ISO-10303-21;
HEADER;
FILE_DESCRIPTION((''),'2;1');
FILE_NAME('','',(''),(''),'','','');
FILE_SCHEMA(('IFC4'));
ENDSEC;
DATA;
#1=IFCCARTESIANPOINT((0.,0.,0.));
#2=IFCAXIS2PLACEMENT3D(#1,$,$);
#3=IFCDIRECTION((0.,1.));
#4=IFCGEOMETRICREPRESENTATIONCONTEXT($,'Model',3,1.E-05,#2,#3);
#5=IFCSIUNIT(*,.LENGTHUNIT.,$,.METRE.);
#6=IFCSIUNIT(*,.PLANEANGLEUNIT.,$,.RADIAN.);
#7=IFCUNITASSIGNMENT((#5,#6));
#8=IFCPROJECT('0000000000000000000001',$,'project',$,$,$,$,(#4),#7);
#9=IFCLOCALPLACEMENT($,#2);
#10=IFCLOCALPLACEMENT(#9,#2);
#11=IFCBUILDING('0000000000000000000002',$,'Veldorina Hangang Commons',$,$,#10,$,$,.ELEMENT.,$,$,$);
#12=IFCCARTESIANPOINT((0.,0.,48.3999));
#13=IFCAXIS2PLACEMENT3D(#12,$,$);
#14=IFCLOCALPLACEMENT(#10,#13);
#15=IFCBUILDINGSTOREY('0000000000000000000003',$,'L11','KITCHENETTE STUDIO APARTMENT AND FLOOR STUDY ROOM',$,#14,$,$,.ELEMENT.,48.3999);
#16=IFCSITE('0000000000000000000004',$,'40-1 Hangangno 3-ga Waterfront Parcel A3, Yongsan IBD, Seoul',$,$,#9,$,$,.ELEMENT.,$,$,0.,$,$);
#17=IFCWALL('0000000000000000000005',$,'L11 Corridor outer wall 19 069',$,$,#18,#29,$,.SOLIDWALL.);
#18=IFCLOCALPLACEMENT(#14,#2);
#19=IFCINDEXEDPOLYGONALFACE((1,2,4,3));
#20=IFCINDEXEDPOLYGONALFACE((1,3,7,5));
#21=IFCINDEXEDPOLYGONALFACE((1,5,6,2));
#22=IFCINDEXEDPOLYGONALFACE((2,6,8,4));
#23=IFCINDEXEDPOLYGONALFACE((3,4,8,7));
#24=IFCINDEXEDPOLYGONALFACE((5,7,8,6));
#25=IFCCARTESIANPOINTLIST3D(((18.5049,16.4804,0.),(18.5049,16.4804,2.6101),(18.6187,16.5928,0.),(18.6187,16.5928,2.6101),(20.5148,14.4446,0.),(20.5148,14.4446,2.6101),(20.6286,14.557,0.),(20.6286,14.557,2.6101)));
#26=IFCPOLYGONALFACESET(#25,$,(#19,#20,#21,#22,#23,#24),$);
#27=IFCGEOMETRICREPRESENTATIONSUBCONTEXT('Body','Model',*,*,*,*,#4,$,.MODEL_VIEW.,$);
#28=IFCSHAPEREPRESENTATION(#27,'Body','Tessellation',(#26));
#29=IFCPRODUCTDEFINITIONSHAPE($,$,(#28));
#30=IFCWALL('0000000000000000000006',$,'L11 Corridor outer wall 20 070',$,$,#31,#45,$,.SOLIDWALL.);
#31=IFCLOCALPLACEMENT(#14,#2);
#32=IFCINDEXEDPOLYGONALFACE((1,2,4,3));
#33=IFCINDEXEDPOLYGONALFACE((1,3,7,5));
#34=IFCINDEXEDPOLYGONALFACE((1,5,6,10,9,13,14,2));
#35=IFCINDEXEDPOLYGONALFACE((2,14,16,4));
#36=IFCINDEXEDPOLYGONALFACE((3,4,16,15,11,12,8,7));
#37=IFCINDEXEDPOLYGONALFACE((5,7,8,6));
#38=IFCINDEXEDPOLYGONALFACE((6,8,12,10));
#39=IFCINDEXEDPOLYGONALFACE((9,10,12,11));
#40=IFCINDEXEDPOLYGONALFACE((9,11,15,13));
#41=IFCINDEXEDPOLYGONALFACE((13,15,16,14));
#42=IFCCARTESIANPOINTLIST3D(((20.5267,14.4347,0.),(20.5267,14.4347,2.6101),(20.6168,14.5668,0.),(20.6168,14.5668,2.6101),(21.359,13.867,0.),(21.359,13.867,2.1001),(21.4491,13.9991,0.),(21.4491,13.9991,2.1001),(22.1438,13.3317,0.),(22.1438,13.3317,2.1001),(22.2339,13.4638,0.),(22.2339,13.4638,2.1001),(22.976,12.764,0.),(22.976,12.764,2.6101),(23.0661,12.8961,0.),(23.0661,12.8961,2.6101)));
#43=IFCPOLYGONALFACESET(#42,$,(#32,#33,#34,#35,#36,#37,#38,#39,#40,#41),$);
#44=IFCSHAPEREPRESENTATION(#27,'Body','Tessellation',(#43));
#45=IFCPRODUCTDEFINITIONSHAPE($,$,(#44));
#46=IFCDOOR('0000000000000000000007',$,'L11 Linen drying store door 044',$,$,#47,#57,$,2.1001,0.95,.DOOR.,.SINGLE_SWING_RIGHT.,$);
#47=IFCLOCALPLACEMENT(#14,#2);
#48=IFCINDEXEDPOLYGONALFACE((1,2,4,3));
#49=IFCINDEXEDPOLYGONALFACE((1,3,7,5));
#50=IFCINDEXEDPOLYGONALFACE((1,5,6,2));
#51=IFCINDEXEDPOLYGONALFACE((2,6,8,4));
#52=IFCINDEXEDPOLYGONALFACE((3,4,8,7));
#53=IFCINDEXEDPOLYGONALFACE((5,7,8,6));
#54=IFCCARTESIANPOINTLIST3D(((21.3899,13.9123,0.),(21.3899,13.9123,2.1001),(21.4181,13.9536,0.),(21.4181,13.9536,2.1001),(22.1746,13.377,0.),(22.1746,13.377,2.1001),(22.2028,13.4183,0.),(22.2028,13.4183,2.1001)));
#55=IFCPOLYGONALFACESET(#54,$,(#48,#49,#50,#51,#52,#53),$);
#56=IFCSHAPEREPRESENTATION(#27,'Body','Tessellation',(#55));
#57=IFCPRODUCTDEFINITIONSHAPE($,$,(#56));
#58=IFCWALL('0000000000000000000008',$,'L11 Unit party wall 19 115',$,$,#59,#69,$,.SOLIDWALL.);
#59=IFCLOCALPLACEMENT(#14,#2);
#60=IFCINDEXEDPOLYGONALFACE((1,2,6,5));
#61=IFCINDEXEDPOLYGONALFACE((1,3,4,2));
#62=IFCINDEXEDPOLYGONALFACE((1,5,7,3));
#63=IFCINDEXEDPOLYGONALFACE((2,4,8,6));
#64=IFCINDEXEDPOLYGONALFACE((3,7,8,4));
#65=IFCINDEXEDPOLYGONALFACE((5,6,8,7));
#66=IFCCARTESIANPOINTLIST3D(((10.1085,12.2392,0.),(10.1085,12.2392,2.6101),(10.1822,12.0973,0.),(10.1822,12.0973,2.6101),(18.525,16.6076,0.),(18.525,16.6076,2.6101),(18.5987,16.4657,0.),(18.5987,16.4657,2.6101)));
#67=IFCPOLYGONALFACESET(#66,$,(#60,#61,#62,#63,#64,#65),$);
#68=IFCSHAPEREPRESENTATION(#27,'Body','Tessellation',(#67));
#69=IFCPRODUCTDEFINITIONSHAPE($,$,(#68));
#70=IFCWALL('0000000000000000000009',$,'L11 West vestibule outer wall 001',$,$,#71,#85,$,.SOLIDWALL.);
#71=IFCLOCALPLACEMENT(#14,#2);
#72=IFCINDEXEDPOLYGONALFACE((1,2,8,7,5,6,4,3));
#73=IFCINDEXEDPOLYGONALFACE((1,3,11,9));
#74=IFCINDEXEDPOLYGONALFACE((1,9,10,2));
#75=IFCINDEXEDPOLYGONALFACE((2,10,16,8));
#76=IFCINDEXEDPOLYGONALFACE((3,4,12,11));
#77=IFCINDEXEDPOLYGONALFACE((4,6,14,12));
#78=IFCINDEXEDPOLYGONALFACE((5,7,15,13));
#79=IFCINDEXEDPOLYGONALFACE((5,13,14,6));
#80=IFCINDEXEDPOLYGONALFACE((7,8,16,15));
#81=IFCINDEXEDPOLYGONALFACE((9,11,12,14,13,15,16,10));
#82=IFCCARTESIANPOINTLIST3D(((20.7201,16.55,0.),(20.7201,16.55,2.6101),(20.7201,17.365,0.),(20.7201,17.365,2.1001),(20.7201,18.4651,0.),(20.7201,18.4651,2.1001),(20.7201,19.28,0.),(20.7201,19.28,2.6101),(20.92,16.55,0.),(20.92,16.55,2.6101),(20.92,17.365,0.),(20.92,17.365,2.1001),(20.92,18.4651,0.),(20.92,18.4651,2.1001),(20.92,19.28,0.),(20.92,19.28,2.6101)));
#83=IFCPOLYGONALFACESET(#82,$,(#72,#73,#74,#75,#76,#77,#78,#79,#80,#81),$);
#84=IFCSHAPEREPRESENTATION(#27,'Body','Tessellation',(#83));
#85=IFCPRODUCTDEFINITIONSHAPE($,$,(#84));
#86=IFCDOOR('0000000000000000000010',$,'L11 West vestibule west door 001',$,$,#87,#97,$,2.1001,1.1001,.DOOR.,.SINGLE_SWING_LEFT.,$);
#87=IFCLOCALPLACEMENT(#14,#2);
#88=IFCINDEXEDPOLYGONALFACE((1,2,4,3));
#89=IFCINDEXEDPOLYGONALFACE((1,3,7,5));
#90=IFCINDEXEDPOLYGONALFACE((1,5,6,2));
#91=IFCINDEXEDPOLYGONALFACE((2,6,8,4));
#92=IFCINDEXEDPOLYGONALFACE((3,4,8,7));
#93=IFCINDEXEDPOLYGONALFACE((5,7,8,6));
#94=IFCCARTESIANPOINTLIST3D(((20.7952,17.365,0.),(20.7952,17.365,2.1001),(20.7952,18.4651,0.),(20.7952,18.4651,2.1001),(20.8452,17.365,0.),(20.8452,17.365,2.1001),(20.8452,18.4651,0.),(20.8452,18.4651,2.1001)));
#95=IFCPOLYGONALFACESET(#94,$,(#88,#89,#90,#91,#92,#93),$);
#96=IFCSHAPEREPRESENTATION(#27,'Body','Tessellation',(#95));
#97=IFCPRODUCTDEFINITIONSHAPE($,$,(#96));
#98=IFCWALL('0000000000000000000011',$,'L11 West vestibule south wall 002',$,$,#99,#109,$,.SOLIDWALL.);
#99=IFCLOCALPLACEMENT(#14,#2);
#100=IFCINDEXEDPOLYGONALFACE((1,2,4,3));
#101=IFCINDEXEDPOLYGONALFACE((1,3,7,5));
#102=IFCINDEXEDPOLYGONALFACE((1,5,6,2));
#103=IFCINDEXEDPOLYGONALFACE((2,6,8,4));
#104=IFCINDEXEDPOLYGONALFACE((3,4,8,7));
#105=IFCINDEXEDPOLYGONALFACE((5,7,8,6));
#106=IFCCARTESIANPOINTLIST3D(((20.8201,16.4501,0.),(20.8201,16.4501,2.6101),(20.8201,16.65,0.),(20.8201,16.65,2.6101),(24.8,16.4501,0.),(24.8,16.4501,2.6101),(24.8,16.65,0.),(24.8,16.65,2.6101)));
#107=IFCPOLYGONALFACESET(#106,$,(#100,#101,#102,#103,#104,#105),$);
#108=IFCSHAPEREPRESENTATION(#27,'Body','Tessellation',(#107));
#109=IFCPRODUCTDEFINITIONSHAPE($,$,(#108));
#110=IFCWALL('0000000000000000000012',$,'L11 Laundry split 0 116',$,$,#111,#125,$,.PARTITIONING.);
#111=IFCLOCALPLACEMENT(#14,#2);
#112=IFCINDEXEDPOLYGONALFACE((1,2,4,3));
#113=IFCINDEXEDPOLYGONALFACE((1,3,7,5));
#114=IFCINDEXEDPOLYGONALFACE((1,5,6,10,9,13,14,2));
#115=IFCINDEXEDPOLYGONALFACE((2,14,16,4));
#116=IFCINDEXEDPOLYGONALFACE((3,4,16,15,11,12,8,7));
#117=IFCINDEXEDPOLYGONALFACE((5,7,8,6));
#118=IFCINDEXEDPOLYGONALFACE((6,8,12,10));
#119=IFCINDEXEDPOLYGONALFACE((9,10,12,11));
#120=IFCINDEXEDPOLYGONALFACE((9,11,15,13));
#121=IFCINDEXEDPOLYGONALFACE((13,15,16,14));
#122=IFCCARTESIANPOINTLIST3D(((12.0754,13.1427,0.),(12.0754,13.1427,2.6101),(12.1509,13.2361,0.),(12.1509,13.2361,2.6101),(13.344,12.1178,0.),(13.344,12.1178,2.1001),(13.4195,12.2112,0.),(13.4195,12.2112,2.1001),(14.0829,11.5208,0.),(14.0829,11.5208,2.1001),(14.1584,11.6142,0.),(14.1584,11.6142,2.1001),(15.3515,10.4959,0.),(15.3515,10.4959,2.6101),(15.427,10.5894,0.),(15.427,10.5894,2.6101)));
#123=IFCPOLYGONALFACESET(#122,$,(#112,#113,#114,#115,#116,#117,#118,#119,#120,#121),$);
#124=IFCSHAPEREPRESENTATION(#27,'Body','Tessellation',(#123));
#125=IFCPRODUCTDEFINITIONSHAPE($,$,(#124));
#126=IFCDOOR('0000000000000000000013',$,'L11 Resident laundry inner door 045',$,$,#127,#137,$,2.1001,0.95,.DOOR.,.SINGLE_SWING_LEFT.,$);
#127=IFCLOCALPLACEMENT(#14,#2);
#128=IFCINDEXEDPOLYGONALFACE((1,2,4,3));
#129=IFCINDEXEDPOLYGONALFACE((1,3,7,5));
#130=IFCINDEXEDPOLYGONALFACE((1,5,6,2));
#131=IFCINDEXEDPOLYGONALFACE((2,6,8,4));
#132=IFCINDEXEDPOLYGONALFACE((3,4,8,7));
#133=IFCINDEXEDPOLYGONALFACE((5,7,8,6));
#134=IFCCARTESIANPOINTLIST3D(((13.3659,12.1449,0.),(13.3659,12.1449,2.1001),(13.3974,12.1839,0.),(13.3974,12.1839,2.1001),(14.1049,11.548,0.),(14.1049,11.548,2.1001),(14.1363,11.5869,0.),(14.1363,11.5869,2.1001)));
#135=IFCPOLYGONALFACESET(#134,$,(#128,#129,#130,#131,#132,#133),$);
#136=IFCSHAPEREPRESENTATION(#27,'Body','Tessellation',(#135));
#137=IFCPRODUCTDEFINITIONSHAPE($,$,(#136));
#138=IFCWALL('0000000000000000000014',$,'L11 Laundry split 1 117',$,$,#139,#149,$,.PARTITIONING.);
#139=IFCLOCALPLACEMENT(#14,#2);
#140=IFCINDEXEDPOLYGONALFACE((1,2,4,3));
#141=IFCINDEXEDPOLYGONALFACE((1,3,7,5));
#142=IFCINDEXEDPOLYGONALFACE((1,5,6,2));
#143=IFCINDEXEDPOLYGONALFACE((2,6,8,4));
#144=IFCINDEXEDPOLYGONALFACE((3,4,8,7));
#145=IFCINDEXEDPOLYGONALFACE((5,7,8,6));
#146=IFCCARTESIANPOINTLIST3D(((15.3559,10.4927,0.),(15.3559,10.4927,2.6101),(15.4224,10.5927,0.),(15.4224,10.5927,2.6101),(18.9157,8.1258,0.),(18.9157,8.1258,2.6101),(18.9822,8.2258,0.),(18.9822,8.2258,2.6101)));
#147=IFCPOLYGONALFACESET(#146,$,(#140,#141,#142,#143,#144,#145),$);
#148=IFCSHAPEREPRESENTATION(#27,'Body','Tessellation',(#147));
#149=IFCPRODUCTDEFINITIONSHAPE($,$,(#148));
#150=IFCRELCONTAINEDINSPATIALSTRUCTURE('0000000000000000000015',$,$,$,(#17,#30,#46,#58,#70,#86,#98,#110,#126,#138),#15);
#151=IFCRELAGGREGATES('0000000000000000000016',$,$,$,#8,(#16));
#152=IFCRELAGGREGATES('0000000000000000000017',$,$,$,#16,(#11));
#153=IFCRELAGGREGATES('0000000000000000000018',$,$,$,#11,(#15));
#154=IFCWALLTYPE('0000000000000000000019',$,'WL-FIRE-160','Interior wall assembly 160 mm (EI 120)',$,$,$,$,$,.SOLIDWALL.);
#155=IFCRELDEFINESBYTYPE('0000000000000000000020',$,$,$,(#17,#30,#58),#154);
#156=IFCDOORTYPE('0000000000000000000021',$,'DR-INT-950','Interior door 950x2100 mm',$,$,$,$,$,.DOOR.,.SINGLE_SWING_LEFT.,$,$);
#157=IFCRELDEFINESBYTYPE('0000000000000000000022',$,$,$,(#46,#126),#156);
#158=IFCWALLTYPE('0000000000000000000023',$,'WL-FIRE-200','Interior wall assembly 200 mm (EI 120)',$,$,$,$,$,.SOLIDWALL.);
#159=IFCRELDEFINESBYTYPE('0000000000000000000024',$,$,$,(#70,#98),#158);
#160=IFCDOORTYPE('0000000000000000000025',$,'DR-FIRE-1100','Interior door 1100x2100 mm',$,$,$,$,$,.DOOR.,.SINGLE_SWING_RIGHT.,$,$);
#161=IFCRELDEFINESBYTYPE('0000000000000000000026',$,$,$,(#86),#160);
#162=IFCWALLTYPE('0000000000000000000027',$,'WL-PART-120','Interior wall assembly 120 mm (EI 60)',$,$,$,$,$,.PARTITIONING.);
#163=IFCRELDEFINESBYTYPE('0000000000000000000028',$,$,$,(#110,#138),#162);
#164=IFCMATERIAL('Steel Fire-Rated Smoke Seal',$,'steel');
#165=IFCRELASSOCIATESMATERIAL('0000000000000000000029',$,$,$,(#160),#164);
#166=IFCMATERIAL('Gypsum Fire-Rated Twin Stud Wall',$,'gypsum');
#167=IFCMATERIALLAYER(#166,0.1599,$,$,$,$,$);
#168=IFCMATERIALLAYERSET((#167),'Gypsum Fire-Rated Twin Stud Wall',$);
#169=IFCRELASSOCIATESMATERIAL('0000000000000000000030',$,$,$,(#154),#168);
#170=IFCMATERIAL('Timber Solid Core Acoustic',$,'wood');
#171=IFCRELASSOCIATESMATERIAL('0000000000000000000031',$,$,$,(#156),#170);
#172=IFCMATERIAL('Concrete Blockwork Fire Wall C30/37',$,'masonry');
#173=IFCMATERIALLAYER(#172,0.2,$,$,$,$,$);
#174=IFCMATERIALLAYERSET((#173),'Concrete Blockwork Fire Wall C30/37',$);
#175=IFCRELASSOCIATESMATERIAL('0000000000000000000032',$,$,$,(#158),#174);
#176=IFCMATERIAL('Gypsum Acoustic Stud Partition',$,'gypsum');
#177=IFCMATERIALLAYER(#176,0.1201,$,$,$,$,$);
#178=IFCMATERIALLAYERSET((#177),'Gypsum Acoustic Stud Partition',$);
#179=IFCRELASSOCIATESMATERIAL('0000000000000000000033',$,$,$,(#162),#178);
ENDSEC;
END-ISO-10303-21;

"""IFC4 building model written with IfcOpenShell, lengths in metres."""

from ifc_helpers import new_model, si_unit, direction, frame, frame_2d, origin, place, context, subcontext, project, spatial, rectangle, extrude, material, layer, layer_set, type_object, element, fill, save


model = new_model("IFC4")

# Units and contexts
model_context = context("Model", 3, precision=1e-05, world=origin(), true_north=direction((0.0, 1.0)))
body_context = subcontext(model_context, "Body", "Model", "MODEL_VIEW")
ifc_project = project(units=[si_unit("LENGTHUNIT", "METRE"), si_unit("PLANEANGLEUNIT", "RADIAN")], contexts=[model_context])

# Site, building, storey
site_placement = place(None, origin())
site = spatial("IfcSite", under=ifc_project, at=site_placement, Name="40-1 Hangangno 3-ga Waterfront Parcel A3, Yongsan IBD, Seoul", CompositionType="ELEMENT", RefElevation=0.0)
building_placement = place(site_placement, origin())
building = spatial("IfcBuilding", under=site, at=building_placement, Name="Veldorina Hangang Commons", CompositionType="ELEMENT")
storey_placement = place(building_placement, frame((0.0, 0.0, 48.3999)))
storey = spatial("IfcBuildingStorey", under=building, at=storey_placement, Name="L11", Description="KITCHENETTE STUDIO APARTMENT AND FLOOR STUDY ROOM", CompositionType="ELEMENT", Elevation=48.3999)

# Shared definitions
ifc_material_1 = material(Name="Steel Fire-Rated Smoke Seal", Category="steel")
door_type_1 = type_object("IfcDoorType", Name="DR-FIRE-1100", Description="Interior door 1100x2100 mm", OperationType="SINGLE_SWING_RIGHT", PredefinedType="DOOR", material=ifc_material_1)

# Wall
ifc_material_2 = material(Name="Gypsum Fire-Rated Twin Stud Wall", Category="gypsum")
ifc_layer_1 = layer(ifc_material_2, 0.1599)
ifc_layer_set_1 = layer_set([ifc_layer_1], Name="Gypsum Fire-Rated Twin Stud Wall")
wall_type_1 = type_object("IfcWallType", Name="WL-FIRE-160", Description="Interior wall assembly 160 mm (EI 120)", PredefinedType="SOLIDWALL", material=ifc_layer_set_1)
wall_1_placement = place(storey_placement, frame((18.5618, 16.5366, 0.0), z_axis=(0.0, 0.0, 1.0), x_axis=(0.70257, -0.711615, 0.0)))
element("IfcWall", 1, at=wall_1_placement, inside=storey, type_object=wall_type_1, Name="L11 Corridor outer wall 19 069", PredefinedType="SOLIDWALL", context=body_context, shape_type="SweptSolid", body=[
    extrude(rectangle(XDim=2.8608, YDim=0.1599, at=frame_2d((1.4304, 0.0))), origin(), (0.0, 0.0, 1.0), 2.6101),
])

# Wall, opening, door
wall_2_placement = place(storey_placement, frame((20.5718, 14.5007, 0.0), z_axis=(0.0, 0.0, 1.0), x_axis=(0.826112, -0.563505, 0.0)))
wall_2 = element("IfcWall", 2, at=wall_2_placement, inside=storey, type_object=wall_type_1, Name="L11 Corridor outer wall 20 070", PredefinedType="SOLIDWALL", context=body_context, shape_type="SweptSolid", body=[
    extrude(rectangle(XDim=2.9648, YDim=0.1599, at=frame_2d((1.4824, 0.0))), origin(), (0.0, 0.0, 1.0), 2.6101),
])
opening_1_placement = place(wall_2_placement, frame((1.0073, 0.0, 0.0)))
opening_1 = element("IfcOpeningElement", 3, at=opening_1_placement, cuts=wall_2, PredefinedType="OPENING", context=body_context, shape_type="SweptSolid", body=[
    extrude(rectangle(XDim=0.95, YDim=2.1001, at=frame_2d((0.4751, 1.05))), frame((0.0, 0.0898, 0.0), z_axis=(0.0, -1.0, 0.0), x_axis=(1.0, 0.0, 0.0)), (0.0, 0.0, 1.0), 0.1799),
])
ifc_material_3 = material(Name="Timber Solid Core Acoustic", Category="wood")
door_type_2 = type_object("IfcDoorType", Name="DR-INT-950", Description="Interior door 950x2100 mm", OperationType="SINGLE_SWING_LEFT", PredefinedType="DOOR", material=ifc_material_3)
door_1_placement = place(opening_1_placement, origin())
door_1 = element("IfcDoor", 4, at=door_1_placement, inside=storey, type_object=door_type_2, Name="L11 Linen drying store door 044", OperationType="SINGLE_SWING_RIGHT", OverallHeight=2.1001, OverallWidth=0.95, PredefinedType="DOOR", context=body_context, shape_type="SweptSolid", body=[
    extrude(rectangle(XDim=0.95, YDim=2.1001, at=frame_2d((0.4751, 1.05))), frame((0.0, 0.0249, 0.0), z_axis=(0.0, -1.0, 0.0), x_axis=(1.0, 0.0, 0.0)), (0.0, 0.0, 1.0), 0.05),
])
fill(opening_1, door_1)

# Wall
wall_3_placement = place(storey_placement, frame((18.5618, 16.5366, 0.0), z_axis=(0.0, 0.0, 1.0), x_axis=(-0.887569, -0.460674, 0.0)))
element("IfcWall", 5, at=wall_3_placement, inside=storey, type_object=wall_type_1, Name="L11 Unit party wall 19 115", PredefinedType="SOLIDWALL", context=body_context, shape_type="SweptSolid", body=[
    extrude(rectangle(XDim=9.4827, YDim=0.1599, at=frame_2d((4.7412, 0.0))), origin(), (0.0, 0.0, 1.0), 2.6101),
])

# Wall, opening, door
ifc_material_4 = material(Name="Concrete Blockwork Fire Wall C30/37", Category="masonry")
ifc_layer_2 = layer(ifc_material_4, 0.2)
ifc_layer_set_2 = layer_set([ifc_layer_2], Name="Concrete Blockwork Fire Wall C30/37")
wall_type_2 = type_object("IfcWallType", Name="WL-FIRE-200", Description="Interior wall assembly 200 mm (EI 120)", PredefinedType="SOLIDWALL", material=ifc_layer_set_2)
wall_4_placement = place(storey_placement, frame((20.8201, 16.55, 0.0), z_axis=(0.0, 0.0, 1.0), x_axis=(0.0, 1.0, 0.0)))
wall_4 = element("IfcWall", 6, at=wall_4_placement, inside=storey, type_object=wall_type_2, Name="L11 West vestibule outer wall 001", PredefinedType="SOLIDWALL", context=body_context, shape_type="SweptSolid", body=[
    extrude(rectangle(XDim=2.73, YDim=0.2, at=frame_2d((1.365, 0.0))), origin(), (0.0, 0.0, 1.0), 2.6101),
])
opening_2_placement = place(wall_4_placement, frame((0.8149, 0.0, 0.0)))
opening_2 = element("IfcOpeningElement", 7, at=opening_2_placement, cuts=wall_4, PredefinedType="OPENING", context=body_context, shape_type="SweptSolid", body=[
    extrude(rectangle(XDim=1.1001, YDim=2.1001, at=frame_2d((0.55, 1.05))), frame((0.0, 0.1099, 0.0), z_axis=(0.0, -1.0, 0.0), x_axis=(1.0, 0.0, 0.0)), (0.0, 0.0, 1.0), 0.22),
])
door_2_placement = place(opening_2_placement, origin())
door_2 = element("IfcDoor", 8, at=door_2_placement, inside=storey, type_object=door_type_1, Name="L11 West vestibule west door 001", OperationType="SINGLE_SWING_LEFT", OverallHeight=2.1001, OverallWidth=1.1001, PredefinedType="DOOR", context=body_context, shape_type="SweptSolid", body=[
    extrude(rectangle(XDim=1.1001, YDim=2.1001, at=frame_2d((0.55, 1.05))), frame((0.0, 0.0249, 0.0), z_axis=(0.0, -1.0, 0.0), x_axis=(1.0, 0.0, 0.0)), (0.0, 0.0, 1.0), 0.05),
])
fill(opening_2, door_2)

# Wall
wall_5_placement = place(storey_placement, frame((20.8201, 16.55, 0.0), z_axis=(0.0, 0.0, 1.0), x_axis=(1.0, 0.0, 0.0)))
element("IfcWall", 9, at=wall_5_placement, inside=storey, type_object=wall_type_2, Name="L11 West vestibule south wall 002", PredefinedType="SOLIDWALL", context=body_context, shape_type="SweptSolid", body=[
    extrude(rectangle(XDim=3.98, YDim=0.2, at=frame_2d((1.99, 0.0))), origin(), (0.0, 0.0, 1.0), 2.6101),
])

# Wall, opening, door
ifc_material_5 = material(Name="Gypsum Acoustic Stud Partition", Category="gypsum")
ifc_layer_3 = layer(ifc_material_5, 0.1201)
ifc_layer_set_3 = layer_set([ifc_layer_3], Name="Gypsum Acoustic Stud Partition")
wall_type_3 = type_object("IfcWallType", Name="WL-PART-120", Description="Interior wall assembly 120 mm (EI 60)", PredefinedType="PARTITIONING", material=ifc_layer_set_3)
wall_6_placement = place(storey_placement, frame((12.113, 13.1895, 0.0), z_axis=(0.0, 0.0, 1.0), x_axis=(0.777868, -0.628428, 0.0)))
wall_6 = element("IfcWall", 10, at=wall_6_placement, inside=storey, type_object=wall_type_3, Name="L11 Laundry split 0 116", PredefinedType="PARTITIONING", context=body_context, shape_type="SweptSolid", body=[
    extrude(rectangle(XDim=4.2117, YDim=0.1201, at=frame_2d((2.106, 0.0))), origin(), (0.0, 0.0, 1.0), 2.6101),
])
opening_3_placement = place(wall_6_placement, frame((1.6309, 0.0, 0.0)))
opening_3 = element("IfcOpeningElement", 11, at=opening_3_placement, cuts=wall_6, PredefinedType="OPENING", context=body_context, shape_type="SweptSolid", body=[
    extrude(rectangle(XDim=0.95, YDim=2.1001, at=frame_2d((0.4751, 1.05))), frame((0.0, 0.0701, 0.0), z_axis=(0.0, -1.0, 0.0), x_axis=(1.0, 0.0, 0.0)), (0.0, 0.0, 1.0), 0.1401),
])
door_3_placement = place(opening_3_placement, origin())
door_3 = element("IfcDoor", 12, at=door_3_placement, inside=storey, type_object=door_type_2, Name="L11 Resident laundry inner door 045", OperationType="SINGLE_SWING_LEFT", OverallHeight=2.1001, OverallWidth=0.95, PredefinedType="DOOR", context=body_context, shape_type="SweptSolid", body=[
    extrude(rectangle(XDim=0.95, YDim=2.1001, at=frame_2d((0.4751, 1.05))), frame((0.0, 0.0249, 0.0), z_axis=(0.0, -1.0, 0.0), x_axis=(1.0, 0.0, 0.0)), (0.0, 0.0, 1.0), 0.05),
])
fill(opening_3, door_3)

# Wall
wall_7_placement = place(storey_placement, frame((15.3892, 10.5427, 0.0), z_axis=(0.0, 0.0, 1.0), x_axis=(0.832726, -0.553685, 0.0)))
element("IfcWall", 13, at=wall_7_placement, inside=storey, type_object=wall_type_3, Name="L11 Laundry split 1 117", PredefinedType="PARTITIONING", context=body_context, shape_type="SweptSolid", body=[
    extrude(rectangle(XDim=4.2749, YDim=0.1201, at=frame_2d((2.1375, 0.0))), origin(), (0.0, 0.0, 1.0), 2.6101),
])

save(model, "model.ifc")
